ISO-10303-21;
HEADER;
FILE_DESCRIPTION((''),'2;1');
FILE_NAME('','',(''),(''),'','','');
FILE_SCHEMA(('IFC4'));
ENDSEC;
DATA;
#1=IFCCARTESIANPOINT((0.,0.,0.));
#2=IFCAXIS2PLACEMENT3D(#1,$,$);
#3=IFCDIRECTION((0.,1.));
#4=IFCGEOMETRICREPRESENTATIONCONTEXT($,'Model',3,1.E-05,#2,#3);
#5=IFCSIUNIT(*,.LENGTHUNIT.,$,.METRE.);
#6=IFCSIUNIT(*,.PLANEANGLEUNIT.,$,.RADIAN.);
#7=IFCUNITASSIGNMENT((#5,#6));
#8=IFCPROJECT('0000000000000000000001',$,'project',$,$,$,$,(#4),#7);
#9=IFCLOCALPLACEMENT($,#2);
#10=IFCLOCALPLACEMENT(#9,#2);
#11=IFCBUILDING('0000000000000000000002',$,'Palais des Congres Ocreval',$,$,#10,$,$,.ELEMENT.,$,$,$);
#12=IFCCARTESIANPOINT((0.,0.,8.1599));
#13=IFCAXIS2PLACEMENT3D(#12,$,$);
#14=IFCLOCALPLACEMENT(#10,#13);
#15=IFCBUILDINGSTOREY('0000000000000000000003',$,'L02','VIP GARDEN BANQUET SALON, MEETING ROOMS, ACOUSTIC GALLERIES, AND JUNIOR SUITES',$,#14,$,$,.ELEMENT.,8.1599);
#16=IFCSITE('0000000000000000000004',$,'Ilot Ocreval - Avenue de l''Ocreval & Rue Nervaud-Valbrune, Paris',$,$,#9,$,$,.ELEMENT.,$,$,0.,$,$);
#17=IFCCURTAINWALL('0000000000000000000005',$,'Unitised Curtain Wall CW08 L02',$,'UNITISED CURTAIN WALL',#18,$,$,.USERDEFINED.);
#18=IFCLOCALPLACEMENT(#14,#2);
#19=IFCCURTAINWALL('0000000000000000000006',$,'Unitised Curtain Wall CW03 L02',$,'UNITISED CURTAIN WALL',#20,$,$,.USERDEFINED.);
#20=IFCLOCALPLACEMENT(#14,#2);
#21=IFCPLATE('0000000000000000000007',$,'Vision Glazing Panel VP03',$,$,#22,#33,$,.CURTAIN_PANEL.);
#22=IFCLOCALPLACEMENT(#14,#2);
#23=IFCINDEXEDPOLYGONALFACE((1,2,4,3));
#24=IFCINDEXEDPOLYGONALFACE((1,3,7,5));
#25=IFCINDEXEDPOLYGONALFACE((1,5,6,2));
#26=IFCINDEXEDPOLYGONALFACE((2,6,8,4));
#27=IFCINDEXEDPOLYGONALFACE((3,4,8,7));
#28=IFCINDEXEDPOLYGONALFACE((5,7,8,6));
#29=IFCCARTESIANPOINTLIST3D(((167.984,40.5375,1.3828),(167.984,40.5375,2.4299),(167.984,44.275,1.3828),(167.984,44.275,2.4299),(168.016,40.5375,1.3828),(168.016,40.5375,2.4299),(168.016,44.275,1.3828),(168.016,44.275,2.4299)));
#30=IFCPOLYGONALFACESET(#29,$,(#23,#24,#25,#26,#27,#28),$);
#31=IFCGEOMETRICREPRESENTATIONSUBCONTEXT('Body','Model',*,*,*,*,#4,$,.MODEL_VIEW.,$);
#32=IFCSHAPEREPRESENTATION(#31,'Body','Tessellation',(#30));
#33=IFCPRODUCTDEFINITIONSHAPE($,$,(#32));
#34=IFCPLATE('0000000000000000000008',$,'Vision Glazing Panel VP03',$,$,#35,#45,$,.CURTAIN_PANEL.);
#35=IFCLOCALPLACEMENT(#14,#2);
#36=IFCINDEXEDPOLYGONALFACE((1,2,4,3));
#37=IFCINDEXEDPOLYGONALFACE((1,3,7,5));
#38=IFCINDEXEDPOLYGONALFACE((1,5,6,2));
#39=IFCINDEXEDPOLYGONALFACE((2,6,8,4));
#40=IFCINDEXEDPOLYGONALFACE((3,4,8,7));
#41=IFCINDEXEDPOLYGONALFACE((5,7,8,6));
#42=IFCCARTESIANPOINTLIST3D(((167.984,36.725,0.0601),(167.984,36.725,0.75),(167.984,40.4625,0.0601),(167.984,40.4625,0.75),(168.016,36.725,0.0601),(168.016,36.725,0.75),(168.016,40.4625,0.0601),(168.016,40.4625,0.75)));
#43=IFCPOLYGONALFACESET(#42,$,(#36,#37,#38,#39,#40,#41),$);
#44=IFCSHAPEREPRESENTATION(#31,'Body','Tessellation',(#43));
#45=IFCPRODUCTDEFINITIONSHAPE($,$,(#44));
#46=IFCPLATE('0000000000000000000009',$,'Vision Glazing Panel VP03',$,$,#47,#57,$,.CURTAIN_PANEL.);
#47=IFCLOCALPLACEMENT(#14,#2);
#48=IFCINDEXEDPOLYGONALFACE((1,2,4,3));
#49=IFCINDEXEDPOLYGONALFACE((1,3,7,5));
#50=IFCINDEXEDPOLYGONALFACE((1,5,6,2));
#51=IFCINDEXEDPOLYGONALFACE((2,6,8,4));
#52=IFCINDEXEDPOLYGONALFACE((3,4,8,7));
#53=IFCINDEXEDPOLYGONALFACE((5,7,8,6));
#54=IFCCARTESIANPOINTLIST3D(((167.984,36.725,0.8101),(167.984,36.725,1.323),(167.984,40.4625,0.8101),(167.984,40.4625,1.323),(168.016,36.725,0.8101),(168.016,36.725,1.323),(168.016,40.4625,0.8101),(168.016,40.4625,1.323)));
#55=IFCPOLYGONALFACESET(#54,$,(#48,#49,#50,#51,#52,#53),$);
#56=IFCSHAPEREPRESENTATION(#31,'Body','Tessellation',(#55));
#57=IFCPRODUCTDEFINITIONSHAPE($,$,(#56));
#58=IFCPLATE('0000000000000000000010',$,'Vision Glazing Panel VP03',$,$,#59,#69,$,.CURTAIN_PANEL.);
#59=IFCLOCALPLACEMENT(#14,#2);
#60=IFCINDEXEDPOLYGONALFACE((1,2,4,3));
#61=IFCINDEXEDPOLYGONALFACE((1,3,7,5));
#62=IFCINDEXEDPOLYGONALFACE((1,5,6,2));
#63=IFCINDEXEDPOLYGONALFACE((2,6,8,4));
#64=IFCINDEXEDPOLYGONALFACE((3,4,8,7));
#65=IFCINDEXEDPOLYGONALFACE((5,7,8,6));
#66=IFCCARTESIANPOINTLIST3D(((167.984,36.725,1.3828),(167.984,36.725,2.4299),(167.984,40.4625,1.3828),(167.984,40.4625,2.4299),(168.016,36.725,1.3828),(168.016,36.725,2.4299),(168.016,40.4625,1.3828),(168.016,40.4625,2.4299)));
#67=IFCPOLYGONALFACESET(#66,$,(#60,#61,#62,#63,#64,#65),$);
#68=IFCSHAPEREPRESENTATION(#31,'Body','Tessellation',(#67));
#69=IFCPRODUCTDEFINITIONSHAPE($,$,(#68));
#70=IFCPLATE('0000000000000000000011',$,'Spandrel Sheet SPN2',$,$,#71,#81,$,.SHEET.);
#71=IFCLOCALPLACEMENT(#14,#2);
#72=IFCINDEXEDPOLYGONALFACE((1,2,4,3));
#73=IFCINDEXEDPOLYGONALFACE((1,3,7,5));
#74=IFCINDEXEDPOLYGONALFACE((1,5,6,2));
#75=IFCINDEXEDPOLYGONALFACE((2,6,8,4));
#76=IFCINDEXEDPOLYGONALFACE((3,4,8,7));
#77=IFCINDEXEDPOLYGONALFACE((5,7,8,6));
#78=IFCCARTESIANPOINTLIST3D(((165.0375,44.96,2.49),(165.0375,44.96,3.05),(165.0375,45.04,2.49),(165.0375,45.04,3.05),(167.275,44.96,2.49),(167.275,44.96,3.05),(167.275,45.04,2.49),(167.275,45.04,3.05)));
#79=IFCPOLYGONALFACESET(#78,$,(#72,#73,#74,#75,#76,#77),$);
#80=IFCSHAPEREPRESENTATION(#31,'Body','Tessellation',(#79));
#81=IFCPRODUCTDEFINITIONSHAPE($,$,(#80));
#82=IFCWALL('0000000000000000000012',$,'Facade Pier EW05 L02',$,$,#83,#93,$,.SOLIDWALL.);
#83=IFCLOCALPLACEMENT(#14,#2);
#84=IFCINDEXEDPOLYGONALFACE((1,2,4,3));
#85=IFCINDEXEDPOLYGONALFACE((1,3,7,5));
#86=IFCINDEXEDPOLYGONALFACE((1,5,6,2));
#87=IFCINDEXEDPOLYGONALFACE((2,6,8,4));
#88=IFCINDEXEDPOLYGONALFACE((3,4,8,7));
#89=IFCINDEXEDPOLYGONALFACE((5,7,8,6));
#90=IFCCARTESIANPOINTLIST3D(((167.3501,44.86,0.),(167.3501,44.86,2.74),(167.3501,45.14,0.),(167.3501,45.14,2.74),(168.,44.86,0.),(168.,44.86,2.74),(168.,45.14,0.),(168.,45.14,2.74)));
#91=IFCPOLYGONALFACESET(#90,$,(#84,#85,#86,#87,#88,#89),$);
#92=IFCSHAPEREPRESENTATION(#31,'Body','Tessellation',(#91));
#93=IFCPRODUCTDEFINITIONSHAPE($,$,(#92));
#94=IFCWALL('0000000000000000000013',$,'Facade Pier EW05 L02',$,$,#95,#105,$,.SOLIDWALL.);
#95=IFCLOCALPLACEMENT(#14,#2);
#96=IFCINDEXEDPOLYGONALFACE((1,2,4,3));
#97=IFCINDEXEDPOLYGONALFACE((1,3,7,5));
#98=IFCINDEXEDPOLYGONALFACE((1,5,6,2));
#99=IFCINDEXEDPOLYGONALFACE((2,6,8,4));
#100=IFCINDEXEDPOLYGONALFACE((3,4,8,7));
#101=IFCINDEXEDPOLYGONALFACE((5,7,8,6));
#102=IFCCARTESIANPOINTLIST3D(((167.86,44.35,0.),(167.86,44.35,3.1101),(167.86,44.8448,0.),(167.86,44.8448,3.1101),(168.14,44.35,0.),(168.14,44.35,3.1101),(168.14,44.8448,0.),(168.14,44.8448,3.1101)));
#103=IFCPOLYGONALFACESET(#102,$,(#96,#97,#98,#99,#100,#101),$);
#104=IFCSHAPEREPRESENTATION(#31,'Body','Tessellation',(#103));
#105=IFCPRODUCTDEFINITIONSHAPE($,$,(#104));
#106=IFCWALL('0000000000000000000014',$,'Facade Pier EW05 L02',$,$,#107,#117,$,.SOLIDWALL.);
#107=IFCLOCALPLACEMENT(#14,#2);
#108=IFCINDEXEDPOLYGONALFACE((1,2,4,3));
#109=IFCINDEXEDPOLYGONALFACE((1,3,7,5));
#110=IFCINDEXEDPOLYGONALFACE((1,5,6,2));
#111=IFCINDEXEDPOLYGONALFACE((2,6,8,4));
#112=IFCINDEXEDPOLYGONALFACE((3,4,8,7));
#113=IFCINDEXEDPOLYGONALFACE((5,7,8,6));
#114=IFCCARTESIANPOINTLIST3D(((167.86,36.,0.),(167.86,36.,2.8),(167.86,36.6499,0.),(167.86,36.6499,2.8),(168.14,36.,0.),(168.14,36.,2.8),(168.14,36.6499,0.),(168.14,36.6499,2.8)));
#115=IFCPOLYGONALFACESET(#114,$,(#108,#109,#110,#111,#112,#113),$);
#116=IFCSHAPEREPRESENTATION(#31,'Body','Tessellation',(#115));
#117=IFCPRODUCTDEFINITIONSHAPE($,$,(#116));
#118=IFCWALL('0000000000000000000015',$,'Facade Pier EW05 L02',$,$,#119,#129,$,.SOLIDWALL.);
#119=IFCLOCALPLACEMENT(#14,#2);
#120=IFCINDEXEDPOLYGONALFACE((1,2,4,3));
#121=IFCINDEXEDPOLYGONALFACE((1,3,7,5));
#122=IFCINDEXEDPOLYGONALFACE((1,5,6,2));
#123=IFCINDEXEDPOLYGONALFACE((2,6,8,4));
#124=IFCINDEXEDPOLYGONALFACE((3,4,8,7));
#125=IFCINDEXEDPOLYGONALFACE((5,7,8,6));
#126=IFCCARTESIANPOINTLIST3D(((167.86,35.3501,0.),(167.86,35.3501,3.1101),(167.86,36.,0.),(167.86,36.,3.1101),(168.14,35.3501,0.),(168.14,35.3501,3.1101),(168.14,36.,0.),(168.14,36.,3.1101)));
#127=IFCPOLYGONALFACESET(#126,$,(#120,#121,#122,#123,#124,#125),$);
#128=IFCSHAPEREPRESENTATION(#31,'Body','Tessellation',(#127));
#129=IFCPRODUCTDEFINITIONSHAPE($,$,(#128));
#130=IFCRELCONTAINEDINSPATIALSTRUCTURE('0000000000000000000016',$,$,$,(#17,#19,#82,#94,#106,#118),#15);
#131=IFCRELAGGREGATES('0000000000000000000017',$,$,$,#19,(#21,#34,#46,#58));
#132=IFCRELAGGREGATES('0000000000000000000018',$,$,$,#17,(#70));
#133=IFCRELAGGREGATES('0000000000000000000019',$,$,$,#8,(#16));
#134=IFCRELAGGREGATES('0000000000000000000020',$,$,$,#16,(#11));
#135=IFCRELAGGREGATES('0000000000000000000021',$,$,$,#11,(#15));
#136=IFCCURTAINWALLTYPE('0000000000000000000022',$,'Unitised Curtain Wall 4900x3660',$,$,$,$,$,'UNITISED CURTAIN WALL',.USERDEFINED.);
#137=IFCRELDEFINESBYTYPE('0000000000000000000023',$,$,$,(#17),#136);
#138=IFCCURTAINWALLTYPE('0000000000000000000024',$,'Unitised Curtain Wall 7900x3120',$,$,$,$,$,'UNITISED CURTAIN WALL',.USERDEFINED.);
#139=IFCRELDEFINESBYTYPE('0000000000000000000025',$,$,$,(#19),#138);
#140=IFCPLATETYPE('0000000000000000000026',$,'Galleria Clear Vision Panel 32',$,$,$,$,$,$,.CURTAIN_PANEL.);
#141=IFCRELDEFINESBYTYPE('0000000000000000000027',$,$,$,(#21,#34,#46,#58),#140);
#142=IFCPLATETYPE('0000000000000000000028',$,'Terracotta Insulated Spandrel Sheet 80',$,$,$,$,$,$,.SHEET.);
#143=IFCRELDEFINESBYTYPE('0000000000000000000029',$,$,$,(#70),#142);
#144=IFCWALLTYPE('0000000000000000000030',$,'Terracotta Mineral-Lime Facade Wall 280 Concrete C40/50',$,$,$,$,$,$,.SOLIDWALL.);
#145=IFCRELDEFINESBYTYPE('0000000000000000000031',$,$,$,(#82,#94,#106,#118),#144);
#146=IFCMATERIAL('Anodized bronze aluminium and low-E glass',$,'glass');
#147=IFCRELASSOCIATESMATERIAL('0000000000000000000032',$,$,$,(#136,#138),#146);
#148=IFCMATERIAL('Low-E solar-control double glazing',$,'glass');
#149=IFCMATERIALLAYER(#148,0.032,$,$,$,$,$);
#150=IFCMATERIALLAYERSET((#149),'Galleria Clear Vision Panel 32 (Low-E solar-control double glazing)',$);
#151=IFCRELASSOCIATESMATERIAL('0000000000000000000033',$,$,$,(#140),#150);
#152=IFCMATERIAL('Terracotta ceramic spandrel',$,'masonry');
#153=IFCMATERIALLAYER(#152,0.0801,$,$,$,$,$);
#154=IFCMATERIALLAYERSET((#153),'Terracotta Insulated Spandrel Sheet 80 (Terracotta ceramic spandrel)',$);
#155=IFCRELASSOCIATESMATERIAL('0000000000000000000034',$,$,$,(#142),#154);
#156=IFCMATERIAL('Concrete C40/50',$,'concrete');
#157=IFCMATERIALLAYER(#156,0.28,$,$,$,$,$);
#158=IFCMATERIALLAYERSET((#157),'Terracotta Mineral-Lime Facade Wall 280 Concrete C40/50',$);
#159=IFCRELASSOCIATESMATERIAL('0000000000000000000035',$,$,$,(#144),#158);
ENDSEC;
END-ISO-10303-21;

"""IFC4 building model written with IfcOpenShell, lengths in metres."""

from ifc_helpers import new_model, si_unit, direction, frame, frame_2d, origin, origin_2d, place, context, subcontext, project, spatial, rectangle, extrude, material, layer, layer_set, type_object, element, aggregate, save


model = new_model("IFC4")

# Units and contexts
model_context = context("Model", 3, precision=1e-05, world=origin(), true_north=direction((0.0, 1.0)))
body_context = subcontext(model_context, "Body", "Model", "MODEL_VIEW")
ifc_project = project(units=[si_unit("LENGTHUNIT", "METRE"), si_unit("PLANEANGLEUNIT", "RADIAN")], contexts=[model_context])

# Site, building, storey
site_placement = place(None, origin())
site = spatial("IfcSite", under=ifc_project, at=site_placement, Name="Ilot Ocreval - Avenue de l'Ocreval & Rue Nervaud-Valbrune, Paris", CompositionType="ELEMENT", RefElevation=0.0)
building_placement = place(site_placement, origin())
building = spatial("IfcBuilding", under=site, at=building_placement, Name="Palais des Congres Ocreval", CompositionType="ELEMENT")
storey_placement = place(building_placement, frame((0.0, 0.0, 8.1599)))
storey = spatial("IfcBuildingStorey", under=building, at=storey_placement, Name="L02", Description="VIP GARDEN BANQUET SALON, MEETING ROOMS, ACOUSTIC GALLERIES, AND JUNIOR SUITES", CompositionType="ELEMENT", Elevation=8.1599)

# Curtain wall
ifc_material_1 = material(Name="Anodized bronze aluminium and low-E glass", Category="glass")
curtain_wall_type_1 = type_object("IfcCurtainWallType", Name="Unitised Curtain Wall 4900x3660", ElementType="UNITISED CURTAIN WALL", PredefinedType="USERDEFINED", material=ifc_material_1)
curtain_wall_1_placement = place(storey_placement, origin())
curtain_wall_1 = element("IfcCurtainWall", 1, at=curtain_wall_1_placement, inside=storey, type_object=curtain_wall_type_1, Name="Unitised Curtain Wall CW08 L02", ObjectType="UNITISED CURTAIN WALL", PredefinedType="USERDEFINED")

# Curtain wall
curtain_wall_type_2 = type_object("IfcCurtainWallType", Name="Unitised Curtain Wall 7900x3120", ElementType="UNITISED CURTAIN WALL", PredefinedType="USERDEFINED", material=ifc_material_1)
curtain_wall_2_placement = place(storey_placement, origin())
curtain_wall_2 = element("IfcCurtainWall", 2, at=curtain_wall_2_placement, inside=storey, type_object=curtain_wall_type_2, Name="Unitised Curtain Wall CW03 L02", ObjectType="UNITISED CURTAIN WALL", PredefinedType="USERDEFINED")

# Plates
ifc_material_2 = material(Name="Low-E solar-control double glazing", Category="glass")
ifc_layer_1 = layer(ifc_material_2, 0.032)
ifc_layer_set_1 = layer_set([ifc_layer_1], Name="Galleria Clear Vision Panel 32 (Low-E solar-control double glazing)")
plate_type_1 = type_object("IfcPlateType", Name="Galleria Clear Vision Panel 32", PredefinedType="CURTAIN_PANEL", material=ifc_layer_set_1)
plate_1_placement = place(storey_placement, frame((168.0, 42.4062, 1.3828), z_axis=(0.0, 0.0, 1.0), x_axis=(0.0, -1.0, 0.0)))
plate_1 = element("IfcPlate", 3, at=plate_1_placement, type_object=plate_type_1, Name="Vision Glazing Panel VP03", PredefinedType="CURTAIN_PANEL", context=body_context, shape_type="SweptSolid", body=[
    extrude(rectangle(XDim=3.7375, YDim=0.032, at=origin_2d()), origin(), (0.0, 0.0, 1.0), 1.0471),
])
plate_2_placement = place(storey_placement, frame((168.0, 38.5938, 0.0601), z_axis=(0.0, 0.0, 1.0), x_axis=(0.0, -1.0, 0.0)))
plate_2 = element("IfcPlate", 4, at=plate_2_placement, type_object=plate_type_1, Name="Vision Glazing Panel VP03", PredefinedType="CURTAIN_PANEL", context=body_context, shape_type="SweptSolid", body=[
    extrude(rectangle(XDim=3.7375, YDim=0.032, at=origin_2d()), origin(), (0.0, 0.0, 1.0), 0.6899),
])
plate_3_placement = place(storey_placement, frame((168.0, 38.5938, 0.8101), z_axis=(0.0, 0.0, 1.0), x_axis=(0.0, -1.0, 0.0)))
plate_3 = element("IfcPlate", 5, at=plate_3_placement, type_object=plate_type_1, Name="Vision Glazing Panel VP03", PredefinedType="CURTAIN_PANEL", context=body_context, shape_type="SweptSolid", body=[
    extrude(rectangle(XDim=3.7375, YDim=0.032, at=origin_2d()), origin(), (0.0, 0.0, 1.0), 0.5129),
])
plate_4_placement = place(storey_placement, frame((168.0, 38.5938, 1.3828), z_axis=(0.0, 0.0, 1.0), x_axis=(0.0, -1.0, 0.0)))
plate_4 = element("IfcPlate", 6, at=plate_4_placement, type_object=plate_type_1, Name="Vision Glazing Panel VP03", PredefinedType="CURTAIN_PANEL", context=body_context, shape_type="SweptSolid", body=[
    extrude(rectangle(XDim=3.7375, YDim=0.032, at=origin_2d()), origin(), (0.0, 0.0, 1.0), 1.0471),
])
aggregate(curtain_wall_2, [plate_1, plate_2, plate_3, plate_4])
ifc_material_3 = material(Name="Terracotta ceramic spandrel", Category="masonry")
ifc_layer_2 = layer(ifc_material_3, 0.0801)
ifc_layer_set_2 = layer_set([ifc_layer_2], Name="Terracotta Insulated Spandrel Sheet 80 (Terracotta ceramic spandrel)")
plate_type_2 = type_object("IfcPlateType", Name="Terracotta Insulated Spandrel Sheet 80", PredefinedType="SHEET", material=ifc_layer_set_2)
plate_5_placement = place(storey_placement, frame((166.1562, 45.0, 2.49), z_axis=(0.0, 0.0, 1.0), x_axis=(1.0, 0.0, 0.0)))
plate_5 = element("IfcPlate", 7, at=plate_5_placement, type_object=plate_type_2, Name="Spandrel Sheet SPN2", PredefinedType="SHEET", context=body_context, shape_type="SweptSolid", body=[
    extrude(rectangle(XDim=2.2375, YDim=0.0801, at=origin_2d()), origin(), (0.0, 0.0, 1.0), 0.5601),
])
aggregate(curtain_wall_1, [plate_5])

# Walls
ifc_material_4 = material(Name="Concrete C40/50", Category="concrete")
ifc_layer_3 = layer(ifc_material_4, 0.28)
ifc_layer_set_3 = layer_set([ifc_layer_3], Name="Terracotta Mineral-Lime Facade Wall 280 Concrete C40/50")
wall_type = type_object("IfcWallType", Name="Terracotta Mineral-Lime Facade Wall 280 Concrete C40/50", PredefinedType="SOLIDWALL", material=ifc_layer_set_3)
wall_1_placement = place(storey_placement, frame((167.3501, 45.0, 0.0), z_axis=(0.0, 0.0, 1.0), x_axis=(1.0, 0.0, 0.0)))
element("IfcWall", 8, at=wall_1_placement, inside=storey, type_object=wall_type, Name="Facade Pier EW05 L02", PredefinedType="SOLIDWALL", context=body_context, shape_type="SweptSolid", body=[
    extrude(rectangle(XDim=0.6499, YDim=0.28, at=frame_2d((0.325, 0.0))), origin(), (0.0, 0.0, 1.0), 2.74),
])
wall_2_placement = place(storey_placement, frame((168.0, 44.845, 0.0), z_axis=(0.0, 0.0, 1.0), x_axis=(0.0, -1.0, 0.0)))
element("IfcWall", 9, at=wall_2_placement, inside=storey, type_object=wall_type, Name="Facade Pier EW05 L02", PredefinedType="SOLIDWALL", context=body_context, shape_type="SweptSolid", body=[
    extrude(rectangle(XDim=0.4949, YDim=0.28, at=frame_2d((0.2476, 0.0))), origin(), (0.0, 0.0, 1.0), 3.1101),
])
wall_3_placement = place(storey_placement, frame((168.0, 36.6499, 0.0), z_axis=(0.0, 0.0, 1.0), x_axis=(0.0, -1.0, 0.0)))
element("IfcWall", 10, at=wall_3_placement, inside=storey, type_object=wall_type, Name="Facade Pier EW05 L02", PredefinedType="SOLIDWALL", context=body_context, shape_type="SweptSolid", body=[
    extrude(rectangle(XDim=0.6499, YDim=0.28, at=frame_2d((0.325, 0.0))), origin(), (0.0, 0.0, 1.0), 2.8),
])
wall_4_placement = place(storey_placement, frame((168.0, 36.0, 0.0), z_axis=(0.0, 0.0, 1.0), x_axis=(0.0, -1.0, 0.0)))
element("IfcWall", 11, at=wall_4_placement, inside=storey, type_object=wall_type, Name="Facade Pier EW05 L02", PredefinedType="SOLIDWALL", context=body_context, shape_type="SweptSolid", body=[
    extrude(rectangle(XDim=0.6499, YDim=0.28, at=frame_2d((0.325, 0.0))), origin(), (0.0, 0.0, 1.0), 3.1101),
])

save(model, "model.ifc")
